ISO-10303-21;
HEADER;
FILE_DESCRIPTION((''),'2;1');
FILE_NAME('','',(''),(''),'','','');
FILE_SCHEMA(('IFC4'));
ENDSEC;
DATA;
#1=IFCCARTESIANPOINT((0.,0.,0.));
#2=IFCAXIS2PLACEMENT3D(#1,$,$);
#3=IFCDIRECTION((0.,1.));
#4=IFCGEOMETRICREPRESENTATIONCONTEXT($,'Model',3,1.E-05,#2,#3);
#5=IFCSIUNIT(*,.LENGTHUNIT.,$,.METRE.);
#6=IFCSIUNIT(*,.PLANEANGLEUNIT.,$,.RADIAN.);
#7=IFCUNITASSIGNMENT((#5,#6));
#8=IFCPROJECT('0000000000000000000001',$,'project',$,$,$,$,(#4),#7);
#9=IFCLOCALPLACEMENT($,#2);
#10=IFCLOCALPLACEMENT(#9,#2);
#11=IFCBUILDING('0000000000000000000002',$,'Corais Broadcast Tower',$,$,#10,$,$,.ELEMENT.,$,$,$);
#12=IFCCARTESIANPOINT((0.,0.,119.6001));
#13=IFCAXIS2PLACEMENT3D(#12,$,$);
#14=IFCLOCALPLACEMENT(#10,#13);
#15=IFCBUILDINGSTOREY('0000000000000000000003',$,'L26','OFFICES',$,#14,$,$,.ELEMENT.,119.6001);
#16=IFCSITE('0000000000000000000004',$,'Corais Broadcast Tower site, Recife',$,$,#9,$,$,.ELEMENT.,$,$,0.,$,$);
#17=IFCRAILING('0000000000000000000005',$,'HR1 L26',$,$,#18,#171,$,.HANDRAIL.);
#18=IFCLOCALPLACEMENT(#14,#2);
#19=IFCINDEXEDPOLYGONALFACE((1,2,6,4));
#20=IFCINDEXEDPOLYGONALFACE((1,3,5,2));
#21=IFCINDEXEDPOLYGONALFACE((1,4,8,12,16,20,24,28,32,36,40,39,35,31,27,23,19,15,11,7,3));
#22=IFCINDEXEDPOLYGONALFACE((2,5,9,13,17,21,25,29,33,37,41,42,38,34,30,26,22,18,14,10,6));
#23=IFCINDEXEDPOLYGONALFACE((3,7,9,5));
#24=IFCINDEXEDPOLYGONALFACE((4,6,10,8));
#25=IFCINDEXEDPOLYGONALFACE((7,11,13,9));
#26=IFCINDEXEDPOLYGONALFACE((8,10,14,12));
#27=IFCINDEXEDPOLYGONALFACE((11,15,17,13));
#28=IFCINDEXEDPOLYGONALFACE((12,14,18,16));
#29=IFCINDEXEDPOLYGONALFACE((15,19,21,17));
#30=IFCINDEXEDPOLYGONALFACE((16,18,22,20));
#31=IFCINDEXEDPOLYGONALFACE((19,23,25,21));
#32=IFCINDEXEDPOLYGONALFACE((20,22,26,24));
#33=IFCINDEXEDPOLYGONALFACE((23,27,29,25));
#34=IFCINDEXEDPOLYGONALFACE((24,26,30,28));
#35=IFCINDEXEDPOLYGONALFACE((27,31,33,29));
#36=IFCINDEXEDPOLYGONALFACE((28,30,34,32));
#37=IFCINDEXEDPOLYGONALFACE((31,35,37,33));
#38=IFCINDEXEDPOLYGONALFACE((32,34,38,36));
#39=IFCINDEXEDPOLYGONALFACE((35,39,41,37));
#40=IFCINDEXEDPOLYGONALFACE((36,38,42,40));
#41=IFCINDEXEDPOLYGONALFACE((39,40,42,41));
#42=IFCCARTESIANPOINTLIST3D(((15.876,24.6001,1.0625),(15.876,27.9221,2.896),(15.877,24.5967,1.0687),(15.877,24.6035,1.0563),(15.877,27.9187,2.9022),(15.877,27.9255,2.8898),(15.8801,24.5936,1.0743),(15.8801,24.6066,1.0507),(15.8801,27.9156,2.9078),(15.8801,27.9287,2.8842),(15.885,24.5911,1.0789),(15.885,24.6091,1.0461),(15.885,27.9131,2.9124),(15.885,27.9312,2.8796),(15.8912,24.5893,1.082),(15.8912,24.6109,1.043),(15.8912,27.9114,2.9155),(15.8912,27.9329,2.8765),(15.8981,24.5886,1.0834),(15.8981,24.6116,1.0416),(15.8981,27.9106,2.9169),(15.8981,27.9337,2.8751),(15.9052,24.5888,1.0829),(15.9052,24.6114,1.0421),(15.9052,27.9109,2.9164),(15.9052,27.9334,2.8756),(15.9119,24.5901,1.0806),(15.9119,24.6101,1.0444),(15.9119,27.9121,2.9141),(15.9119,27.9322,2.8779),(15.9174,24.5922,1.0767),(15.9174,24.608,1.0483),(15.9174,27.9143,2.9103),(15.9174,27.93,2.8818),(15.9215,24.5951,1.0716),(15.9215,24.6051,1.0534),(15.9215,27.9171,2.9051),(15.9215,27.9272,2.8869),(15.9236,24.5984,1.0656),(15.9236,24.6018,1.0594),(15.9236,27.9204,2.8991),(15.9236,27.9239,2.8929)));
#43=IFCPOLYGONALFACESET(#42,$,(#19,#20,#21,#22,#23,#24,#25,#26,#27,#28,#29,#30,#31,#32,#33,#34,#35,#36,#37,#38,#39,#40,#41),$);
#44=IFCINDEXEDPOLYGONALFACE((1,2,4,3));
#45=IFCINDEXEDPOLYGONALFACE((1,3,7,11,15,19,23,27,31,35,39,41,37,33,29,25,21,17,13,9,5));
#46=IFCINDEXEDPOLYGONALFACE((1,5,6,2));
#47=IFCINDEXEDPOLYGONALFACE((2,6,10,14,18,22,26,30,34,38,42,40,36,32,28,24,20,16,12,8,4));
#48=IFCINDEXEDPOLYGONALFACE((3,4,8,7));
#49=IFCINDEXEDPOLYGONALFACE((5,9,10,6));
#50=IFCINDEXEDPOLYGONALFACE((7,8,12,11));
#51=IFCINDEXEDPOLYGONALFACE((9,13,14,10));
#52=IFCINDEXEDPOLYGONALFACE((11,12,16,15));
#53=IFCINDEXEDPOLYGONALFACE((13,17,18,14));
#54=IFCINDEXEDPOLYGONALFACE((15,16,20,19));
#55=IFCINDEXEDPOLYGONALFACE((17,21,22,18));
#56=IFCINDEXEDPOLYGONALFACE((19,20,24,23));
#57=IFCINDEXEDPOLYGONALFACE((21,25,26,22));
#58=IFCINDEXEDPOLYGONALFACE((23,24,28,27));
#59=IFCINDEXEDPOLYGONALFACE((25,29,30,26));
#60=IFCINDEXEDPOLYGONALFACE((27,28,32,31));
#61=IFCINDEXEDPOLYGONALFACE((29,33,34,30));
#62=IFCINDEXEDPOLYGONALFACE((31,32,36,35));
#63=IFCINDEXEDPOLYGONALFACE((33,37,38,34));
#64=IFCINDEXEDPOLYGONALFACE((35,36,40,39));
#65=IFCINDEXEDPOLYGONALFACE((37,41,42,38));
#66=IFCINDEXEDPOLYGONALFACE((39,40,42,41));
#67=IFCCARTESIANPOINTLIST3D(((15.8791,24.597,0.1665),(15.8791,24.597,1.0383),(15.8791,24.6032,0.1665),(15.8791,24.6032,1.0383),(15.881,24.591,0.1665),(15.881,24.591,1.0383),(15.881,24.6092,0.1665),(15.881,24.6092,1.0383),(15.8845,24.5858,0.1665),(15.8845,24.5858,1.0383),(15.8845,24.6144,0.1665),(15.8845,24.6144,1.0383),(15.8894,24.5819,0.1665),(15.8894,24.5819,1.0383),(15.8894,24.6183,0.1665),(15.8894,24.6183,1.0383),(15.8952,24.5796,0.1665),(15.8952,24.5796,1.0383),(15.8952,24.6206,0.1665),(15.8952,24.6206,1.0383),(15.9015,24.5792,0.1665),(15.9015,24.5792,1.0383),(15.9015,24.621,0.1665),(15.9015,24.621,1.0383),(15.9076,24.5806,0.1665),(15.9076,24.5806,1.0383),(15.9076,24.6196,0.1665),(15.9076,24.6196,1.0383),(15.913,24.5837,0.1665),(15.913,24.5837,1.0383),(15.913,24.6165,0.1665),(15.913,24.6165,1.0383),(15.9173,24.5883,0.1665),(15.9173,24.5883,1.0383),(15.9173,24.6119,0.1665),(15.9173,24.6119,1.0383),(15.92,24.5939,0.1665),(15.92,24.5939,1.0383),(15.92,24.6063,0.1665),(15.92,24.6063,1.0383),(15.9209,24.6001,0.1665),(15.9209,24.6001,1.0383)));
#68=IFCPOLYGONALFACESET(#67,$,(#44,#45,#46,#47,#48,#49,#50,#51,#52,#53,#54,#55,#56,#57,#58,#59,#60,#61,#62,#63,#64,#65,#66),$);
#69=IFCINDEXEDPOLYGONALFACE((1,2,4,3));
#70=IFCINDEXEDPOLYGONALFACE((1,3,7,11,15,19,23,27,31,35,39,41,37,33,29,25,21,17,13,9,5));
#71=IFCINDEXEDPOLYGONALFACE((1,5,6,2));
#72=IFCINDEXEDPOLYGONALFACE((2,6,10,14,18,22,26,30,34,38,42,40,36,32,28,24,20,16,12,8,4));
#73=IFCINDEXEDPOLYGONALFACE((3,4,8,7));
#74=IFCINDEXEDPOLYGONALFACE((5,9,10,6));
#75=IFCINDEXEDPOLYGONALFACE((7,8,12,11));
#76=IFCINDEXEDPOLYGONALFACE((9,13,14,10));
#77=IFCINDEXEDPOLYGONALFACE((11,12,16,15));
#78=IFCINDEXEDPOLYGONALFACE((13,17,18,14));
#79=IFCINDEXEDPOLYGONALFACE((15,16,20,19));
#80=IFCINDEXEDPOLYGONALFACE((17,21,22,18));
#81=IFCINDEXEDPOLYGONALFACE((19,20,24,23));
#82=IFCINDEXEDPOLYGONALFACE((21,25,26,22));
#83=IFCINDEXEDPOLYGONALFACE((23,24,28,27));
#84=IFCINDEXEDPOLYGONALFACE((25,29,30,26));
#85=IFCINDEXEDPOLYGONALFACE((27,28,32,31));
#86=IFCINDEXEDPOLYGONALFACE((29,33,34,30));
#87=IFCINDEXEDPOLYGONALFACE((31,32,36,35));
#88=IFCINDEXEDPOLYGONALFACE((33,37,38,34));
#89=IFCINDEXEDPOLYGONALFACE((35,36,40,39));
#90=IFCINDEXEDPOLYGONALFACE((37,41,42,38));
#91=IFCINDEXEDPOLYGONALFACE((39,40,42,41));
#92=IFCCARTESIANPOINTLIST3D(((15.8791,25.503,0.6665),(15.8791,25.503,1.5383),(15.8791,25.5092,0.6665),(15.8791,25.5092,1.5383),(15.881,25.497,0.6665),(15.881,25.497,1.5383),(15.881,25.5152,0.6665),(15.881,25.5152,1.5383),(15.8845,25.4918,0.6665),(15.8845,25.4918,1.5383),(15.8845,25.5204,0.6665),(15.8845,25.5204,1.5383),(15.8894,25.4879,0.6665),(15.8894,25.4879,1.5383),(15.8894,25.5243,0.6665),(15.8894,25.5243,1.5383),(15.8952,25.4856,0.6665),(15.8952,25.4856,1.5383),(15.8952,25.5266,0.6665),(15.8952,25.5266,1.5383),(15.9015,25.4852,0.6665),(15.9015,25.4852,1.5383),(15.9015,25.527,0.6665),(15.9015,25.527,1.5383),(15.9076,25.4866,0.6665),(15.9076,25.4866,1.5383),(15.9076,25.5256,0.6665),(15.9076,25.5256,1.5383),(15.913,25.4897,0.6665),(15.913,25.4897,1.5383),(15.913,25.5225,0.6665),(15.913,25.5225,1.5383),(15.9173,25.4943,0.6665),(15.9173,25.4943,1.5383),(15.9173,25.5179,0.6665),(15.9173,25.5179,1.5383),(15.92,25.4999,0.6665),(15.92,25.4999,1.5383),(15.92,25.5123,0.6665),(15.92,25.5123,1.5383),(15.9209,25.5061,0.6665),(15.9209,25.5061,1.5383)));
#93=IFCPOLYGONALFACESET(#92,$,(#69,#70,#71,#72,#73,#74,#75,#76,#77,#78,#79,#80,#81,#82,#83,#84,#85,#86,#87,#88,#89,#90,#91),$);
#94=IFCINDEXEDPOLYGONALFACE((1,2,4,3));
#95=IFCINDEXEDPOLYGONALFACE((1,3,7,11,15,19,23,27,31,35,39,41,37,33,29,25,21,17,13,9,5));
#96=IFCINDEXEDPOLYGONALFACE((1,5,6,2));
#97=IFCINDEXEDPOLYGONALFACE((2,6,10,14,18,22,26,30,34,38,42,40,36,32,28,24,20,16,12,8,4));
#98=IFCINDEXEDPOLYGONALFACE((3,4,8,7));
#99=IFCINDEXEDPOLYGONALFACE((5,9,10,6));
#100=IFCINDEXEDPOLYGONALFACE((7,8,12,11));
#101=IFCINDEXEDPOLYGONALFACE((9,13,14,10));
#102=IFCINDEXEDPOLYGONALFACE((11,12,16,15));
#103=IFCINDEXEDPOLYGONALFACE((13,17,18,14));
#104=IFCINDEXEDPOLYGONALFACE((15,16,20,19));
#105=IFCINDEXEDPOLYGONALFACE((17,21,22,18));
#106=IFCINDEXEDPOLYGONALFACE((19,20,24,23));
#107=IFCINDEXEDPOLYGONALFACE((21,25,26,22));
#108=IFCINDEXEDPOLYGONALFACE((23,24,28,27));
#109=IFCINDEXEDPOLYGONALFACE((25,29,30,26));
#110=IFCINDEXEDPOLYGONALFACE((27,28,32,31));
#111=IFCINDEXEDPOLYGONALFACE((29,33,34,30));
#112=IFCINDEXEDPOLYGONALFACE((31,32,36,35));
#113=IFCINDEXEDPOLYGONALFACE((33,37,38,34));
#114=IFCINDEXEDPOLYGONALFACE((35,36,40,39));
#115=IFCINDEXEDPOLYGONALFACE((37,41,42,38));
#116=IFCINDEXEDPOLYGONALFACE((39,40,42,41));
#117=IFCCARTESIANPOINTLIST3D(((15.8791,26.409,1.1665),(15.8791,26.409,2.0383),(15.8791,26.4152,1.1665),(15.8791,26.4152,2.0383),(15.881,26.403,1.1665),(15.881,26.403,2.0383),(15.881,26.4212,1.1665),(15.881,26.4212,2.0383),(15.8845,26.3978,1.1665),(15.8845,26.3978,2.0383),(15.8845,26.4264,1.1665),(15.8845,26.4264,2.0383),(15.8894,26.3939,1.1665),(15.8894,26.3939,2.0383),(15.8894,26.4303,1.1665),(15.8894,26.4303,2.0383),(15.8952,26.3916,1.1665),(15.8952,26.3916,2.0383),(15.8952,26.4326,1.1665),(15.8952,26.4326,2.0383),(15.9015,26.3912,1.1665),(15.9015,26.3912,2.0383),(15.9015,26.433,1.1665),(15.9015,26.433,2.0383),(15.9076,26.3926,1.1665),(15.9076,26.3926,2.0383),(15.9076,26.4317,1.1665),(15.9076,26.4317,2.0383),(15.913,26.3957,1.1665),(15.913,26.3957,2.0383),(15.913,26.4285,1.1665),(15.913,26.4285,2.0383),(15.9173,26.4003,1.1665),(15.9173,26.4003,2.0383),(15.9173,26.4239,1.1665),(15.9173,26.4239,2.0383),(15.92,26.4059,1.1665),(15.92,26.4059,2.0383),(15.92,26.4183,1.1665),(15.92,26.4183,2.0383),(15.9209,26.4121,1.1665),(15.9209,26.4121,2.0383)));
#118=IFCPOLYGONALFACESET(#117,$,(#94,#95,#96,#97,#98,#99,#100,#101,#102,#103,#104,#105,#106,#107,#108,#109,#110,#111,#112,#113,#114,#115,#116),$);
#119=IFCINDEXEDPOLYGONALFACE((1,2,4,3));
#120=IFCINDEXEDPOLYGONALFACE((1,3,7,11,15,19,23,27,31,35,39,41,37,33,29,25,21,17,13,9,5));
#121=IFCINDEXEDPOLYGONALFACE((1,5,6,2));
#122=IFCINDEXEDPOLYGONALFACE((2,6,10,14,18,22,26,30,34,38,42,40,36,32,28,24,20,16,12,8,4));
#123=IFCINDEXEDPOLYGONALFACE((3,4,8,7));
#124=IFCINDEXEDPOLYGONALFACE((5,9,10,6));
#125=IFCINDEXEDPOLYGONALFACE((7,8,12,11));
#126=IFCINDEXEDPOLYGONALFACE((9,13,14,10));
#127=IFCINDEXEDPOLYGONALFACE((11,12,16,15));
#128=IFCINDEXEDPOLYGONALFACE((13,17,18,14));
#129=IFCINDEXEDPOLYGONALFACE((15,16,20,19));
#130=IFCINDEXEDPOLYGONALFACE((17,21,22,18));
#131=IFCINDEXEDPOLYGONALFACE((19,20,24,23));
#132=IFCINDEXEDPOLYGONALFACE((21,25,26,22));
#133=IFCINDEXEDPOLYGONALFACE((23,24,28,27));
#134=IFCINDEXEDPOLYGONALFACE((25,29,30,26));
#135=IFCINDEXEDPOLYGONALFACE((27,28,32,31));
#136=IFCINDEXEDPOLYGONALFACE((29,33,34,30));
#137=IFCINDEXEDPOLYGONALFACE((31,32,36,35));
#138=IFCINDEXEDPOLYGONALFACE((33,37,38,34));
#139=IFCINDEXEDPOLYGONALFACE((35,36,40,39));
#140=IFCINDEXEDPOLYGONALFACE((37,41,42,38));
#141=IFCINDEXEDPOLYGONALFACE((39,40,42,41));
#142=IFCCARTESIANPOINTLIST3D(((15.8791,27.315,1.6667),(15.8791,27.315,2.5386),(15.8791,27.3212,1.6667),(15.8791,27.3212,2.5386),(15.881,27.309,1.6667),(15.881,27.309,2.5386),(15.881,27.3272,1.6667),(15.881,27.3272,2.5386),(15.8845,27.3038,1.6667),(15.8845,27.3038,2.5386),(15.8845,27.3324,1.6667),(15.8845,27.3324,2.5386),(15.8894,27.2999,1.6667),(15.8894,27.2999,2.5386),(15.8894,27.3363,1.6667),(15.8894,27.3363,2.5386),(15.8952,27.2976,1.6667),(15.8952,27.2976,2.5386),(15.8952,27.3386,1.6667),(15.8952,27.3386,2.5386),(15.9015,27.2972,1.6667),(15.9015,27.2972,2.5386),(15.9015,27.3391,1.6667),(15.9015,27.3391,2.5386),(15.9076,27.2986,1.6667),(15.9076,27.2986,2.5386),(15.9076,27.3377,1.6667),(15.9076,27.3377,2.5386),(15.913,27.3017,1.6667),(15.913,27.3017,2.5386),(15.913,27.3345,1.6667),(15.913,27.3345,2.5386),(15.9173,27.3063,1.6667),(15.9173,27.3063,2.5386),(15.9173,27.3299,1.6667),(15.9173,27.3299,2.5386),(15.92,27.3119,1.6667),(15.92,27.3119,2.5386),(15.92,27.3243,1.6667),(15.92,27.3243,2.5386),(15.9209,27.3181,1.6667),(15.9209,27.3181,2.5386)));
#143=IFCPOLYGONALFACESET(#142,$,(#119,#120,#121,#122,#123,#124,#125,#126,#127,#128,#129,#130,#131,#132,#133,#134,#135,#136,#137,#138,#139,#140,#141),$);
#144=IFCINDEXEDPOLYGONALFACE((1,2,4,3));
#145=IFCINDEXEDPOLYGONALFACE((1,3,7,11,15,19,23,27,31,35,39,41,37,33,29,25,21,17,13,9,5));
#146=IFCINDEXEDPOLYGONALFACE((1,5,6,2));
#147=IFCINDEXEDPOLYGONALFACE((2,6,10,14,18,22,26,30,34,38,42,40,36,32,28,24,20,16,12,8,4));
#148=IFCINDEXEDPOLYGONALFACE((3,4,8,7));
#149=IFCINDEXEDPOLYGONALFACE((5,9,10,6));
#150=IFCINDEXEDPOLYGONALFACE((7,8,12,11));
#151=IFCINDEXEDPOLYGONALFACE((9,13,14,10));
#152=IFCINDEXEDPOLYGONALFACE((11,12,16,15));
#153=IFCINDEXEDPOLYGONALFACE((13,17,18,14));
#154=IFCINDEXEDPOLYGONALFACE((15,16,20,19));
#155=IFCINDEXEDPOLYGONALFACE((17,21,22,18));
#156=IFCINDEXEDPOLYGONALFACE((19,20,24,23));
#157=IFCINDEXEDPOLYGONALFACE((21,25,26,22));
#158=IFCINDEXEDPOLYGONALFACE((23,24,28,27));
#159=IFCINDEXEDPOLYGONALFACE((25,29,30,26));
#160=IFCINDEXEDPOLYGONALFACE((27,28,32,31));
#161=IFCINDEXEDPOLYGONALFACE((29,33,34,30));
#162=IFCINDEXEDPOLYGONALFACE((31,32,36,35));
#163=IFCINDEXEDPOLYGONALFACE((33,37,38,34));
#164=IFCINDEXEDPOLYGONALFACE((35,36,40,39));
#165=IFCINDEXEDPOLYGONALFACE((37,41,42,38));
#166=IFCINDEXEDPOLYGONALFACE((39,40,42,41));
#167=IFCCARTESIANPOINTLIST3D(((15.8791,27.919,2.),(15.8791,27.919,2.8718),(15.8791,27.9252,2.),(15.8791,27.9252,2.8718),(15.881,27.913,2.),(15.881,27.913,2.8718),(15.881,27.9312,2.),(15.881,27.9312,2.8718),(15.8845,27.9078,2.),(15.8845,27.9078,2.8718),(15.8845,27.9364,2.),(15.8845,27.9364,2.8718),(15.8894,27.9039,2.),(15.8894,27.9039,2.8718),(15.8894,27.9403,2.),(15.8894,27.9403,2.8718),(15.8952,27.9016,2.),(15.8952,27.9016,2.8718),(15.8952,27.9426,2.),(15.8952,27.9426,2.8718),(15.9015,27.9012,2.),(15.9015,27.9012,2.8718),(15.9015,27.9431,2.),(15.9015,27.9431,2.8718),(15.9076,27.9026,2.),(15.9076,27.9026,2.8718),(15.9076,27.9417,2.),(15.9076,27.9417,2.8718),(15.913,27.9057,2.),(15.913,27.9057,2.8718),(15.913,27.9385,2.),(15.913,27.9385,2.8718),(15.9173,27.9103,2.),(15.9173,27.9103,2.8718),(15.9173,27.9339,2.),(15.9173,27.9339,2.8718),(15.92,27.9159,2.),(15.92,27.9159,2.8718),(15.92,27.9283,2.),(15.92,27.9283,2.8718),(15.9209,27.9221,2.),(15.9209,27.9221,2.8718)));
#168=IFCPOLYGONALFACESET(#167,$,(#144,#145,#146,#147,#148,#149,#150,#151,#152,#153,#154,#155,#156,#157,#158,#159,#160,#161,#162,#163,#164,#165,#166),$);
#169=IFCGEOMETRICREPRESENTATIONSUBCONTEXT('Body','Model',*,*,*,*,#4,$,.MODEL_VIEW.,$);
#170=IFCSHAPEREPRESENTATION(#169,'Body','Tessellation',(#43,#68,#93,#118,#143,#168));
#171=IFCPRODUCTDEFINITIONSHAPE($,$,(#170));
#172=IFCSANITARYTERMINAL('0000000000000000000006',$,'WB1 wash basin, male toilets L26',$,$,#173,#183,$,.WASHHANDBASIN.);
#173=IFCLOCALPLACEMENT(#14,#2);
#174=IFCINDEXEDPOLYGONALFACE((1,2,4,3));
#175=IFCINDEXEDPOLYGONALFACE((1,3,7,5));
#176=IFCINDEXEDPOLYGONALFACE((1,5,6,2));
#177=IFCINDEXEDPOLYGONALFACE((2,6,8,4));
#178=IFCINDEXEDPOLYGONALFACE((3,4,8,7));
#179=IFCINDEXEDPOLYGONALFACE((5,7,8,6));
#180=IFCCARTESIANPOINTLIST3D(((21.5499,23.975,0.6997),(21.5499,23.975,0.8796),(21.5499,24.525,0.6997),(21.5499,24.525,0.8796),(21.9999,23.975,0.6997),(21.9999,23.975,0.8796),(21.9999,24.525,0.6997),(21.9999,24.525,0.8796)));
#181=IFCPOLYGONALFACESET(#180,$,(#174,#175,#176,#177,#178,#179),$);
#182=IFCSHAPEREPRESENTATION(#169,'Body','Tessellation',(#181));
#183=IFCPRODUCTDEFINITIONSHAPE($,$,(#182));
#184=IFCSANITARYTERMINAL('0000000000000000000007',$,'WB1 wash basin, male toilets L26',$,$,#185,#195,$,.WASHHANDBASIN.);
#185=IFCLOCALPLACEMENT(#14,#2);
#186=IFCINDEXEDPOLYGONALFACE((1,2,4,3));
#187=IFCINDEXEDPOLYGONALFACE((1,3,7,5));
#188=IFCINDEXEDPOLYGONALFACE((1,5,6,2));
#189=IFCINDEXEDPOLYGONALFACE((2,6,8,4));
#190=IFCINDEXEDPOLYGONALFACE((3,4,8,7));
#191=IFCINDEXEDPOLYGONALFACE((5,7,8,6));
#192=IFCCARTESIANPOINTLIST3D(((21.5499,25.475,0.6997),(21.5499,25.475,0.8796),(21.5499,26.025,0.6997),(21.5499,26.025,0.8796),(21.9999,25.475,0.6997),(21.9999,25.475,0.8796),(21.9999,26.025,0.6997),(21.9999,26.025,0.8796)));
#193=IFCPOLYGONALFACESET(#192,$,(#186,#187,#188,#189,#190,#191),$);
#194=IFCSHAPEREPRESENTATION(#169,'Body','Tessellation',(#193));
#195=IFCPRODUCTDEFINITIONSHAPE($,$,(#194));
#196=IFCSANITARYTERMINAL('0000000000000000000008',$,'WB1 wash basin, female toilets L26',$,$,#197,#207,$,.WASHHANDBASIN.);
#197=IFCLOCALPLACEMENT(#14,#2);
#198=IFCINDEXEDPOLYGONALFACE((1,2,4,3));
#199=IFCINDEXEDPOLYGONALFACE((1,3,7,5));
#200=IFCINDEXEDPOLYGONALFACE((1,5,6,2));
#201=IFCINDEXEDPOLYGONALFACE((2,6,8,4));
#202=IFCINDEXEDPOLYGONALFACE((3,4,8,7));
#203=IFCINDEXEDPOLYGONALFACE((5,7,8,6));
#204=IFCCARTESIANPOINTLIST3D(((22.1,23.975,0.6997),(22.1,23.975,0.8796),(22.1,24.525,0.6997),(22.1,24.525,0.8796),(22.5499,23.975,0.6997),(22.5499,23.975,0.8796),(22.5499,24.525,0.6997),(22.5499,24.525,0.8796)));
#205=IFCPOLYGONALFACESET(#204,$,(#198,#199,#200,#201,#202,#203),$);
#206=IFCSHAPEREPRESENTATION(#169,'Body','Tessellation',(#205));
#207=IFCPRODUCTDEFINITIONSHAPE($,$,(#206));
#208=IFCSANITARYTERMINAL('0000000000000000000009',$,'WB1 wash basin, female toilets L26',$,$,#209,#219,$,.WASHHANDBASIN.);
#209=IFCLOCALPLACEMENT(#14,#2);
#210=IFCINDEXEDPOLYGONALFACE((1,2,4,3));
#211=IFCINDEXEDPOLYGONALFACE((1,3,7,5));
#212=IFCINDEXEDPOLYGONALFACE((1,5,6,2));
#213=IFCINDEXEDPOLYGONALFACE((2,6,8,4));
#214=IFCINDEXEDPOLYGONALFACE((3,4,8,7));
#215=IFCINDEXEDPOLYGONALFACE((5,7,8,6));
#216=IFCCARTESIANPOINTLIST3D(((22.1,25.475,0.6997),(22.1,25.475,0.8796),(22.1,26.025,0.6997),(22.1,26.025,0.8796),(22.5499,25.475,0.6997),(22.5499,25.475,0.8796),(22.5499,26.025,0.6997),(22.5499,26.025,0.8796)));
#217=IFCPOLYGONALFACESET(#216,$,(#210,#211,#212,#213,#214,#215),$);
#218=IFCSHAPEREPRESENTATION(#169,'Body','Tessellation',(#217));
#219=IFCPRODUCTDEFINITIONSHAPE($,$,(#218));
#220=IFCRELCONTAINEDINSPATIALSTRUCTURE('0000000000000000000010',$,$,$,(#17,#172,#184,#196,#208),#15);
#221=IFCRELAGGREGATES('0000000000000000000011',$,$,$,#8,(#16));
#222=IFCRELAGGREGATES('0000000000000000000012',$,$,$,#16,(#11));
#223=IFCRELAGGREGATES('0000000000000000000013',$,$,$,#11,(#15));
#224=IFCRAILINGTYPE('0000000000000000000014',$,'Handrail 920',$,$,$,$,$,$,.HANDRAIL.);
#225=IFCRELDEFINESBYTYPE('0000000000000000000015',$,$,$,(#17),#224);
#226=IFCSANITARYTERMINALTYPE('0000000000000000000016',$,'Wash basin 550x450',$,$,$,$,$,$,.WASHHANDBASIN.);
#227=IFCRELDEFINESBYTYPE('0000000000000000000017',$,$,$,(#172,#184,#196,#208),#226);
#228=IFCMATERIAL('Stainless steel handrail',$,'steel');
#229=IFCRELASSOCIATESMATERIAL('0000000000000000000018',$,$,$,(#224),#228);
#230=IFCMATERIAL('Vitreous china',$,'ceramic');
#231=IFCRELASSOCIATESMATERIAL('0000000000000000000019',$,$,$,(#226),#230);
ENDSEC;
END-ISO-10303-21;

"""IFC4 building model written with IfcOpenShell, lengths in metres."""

from ifc_helpers import new_model, si_unit, direction, frame, origin, origin_2d, place, context, subcontext, project, spatial, rectangle, circle, extrude, material, type_object, element, save


model = new_model("IFC4")

# Units and contexts
model_context = context("Model", 3, precision=1e-05, world=origin(), true_north=direction((0.0, 1.0)))
body_context = subcontext(model_context, "Body", "Model", "MODEL_VIEW")
ifc_project = project(units=[si_unit("LENGTHUNIT", "METRE"), si_unit("PLANEANGLEUNIT", "RADIAN")], contexts=[model_context])

# Site, building, storey
site_placement = place(None, origin())
site = spatial("IfcSite", under=ifc_project, at=site_placement, Name="Corais Broadcast Tower site, Recife", CompositionType="ELEMENT", RefElevation=0.0)
building_placement = place(site_placement, origin())
building = spatial("IfcBuilding", under=site, at=building_placement, Name="Corais Broadcast Tower", CompositionType="ELEMENT")
storey_placement = place(building_placement, frame((0.0, 0.0, 119.6001)))
storey = spatial("IfcBuildingStorey", under=building, at=storey_placement, Name="L26", Description="OFFICES", CompositionType="ELEMENT", Elevation=119.6001)

# Railing
ifc_material_1 = material(Name="Stainless steel handrail", Category="steel")
railing_type = type_object("IfcRailingType", Name="Handrail 920", PredefinedType="HANDRAIL", material=ifc_material_1)
for number, where, name in (
    (1, (15.8999, 24.6001, 0.1665), "HR1 L26"),
):
    element("IfcRailing", number, at=place(storey_placement, frame(where)), inside=storey, type_object=railing_type, Name=name, PredefinedType="HANDRAIL", context=body_context, shape_type="SweptSolid", body=[
        extrude(circle(Radius=0.0239, at=origin_2d()), frame((0.0, 0.0, 0.896), z_axis=(0.0, 0.875504, 0.48321), x_axis=(-1.0, 0.0, 0.0)), (0.0, 0.0, 1.0), 3.7944),
        extrude(circle(Radius=0.021, at=origin_2d()), origin(), (0.0, 0.0, 1.0), 0.8718),
        extrude(circle(Radius=0.021, at=origin_2d()), frame((0.0, 0.906, 0.5)), (0.0, 0.0, 1.0), 0.8718),
        extrude(circle(Radius=0.021, at=origin_2d()), frame((0.0, 1.812, 1.0)), (0.0, 0.0, 1.0), 0.8718),
        extrude(circle(Radius=0.021, at=origin_2d()), frame((0.0, 2.718, 1.5002)), (0.0, 0.0, 1.0), 0.8718),
        extrude(circle(Radius=0.021, at=origin_2d()), frame((0.0, 3.322, 1.8335)), (0.0, 0.0, 1.0), 0.8718),
    ])

# Sanitary terminals
ifc_material_2 = material(Name="Vitreous china", Category="ceramic")
sanitary_terminal_type = type_object("IfcSanitaryTerminalType", Name="Wash basin 550x450", PredefinedType="WASHHANDBASIN", material=ifc_material_2)
for number, where, z_axis, x_axis, name in (
    (2, (21.7749, 24.25, 0.6997), (0.0, 0.0, 1.0), (1.0, 0.0, 0.0), "WB1 wash basin, male toilets L26"),
    (3, (21.7749, 25.75, 0.6997), (0.0, 0.0, 1.0), (1.0, 0.0, 0.0), "WB1 wash basin, male toilets L26"),
    (4, (22.325, 24.25, 0.6997), (0.0, 0.0, 1.0), (1.0, 0.0, 0.0), "WB1 wash basin, female toilets L26"),
    (5, (22.325, 25.75, 0.6997), (0.0, 0.0, 1.0), (1.0, 0.0, 0.0), "WB1 wash basin, female toilets L26"),
):
    element("IfcSanitaryTerminal", number, at=place(storey_placement, frame(where, z_axis=z_axis, x_axis=x_axis)), inside=storey, type_object=sanitary_terminal_type, Name=name, PredefinedType="WASHHANDBASIN", context=body_context, shape_type="SweptSolid", body=[
        extrude(rectangle(XDim=0.45, YDim=0.55, at=origin_2d()), origin(), (0.0, 0.0, 1.0), 0.1799),
    ])

save(model, "model.ifc")
